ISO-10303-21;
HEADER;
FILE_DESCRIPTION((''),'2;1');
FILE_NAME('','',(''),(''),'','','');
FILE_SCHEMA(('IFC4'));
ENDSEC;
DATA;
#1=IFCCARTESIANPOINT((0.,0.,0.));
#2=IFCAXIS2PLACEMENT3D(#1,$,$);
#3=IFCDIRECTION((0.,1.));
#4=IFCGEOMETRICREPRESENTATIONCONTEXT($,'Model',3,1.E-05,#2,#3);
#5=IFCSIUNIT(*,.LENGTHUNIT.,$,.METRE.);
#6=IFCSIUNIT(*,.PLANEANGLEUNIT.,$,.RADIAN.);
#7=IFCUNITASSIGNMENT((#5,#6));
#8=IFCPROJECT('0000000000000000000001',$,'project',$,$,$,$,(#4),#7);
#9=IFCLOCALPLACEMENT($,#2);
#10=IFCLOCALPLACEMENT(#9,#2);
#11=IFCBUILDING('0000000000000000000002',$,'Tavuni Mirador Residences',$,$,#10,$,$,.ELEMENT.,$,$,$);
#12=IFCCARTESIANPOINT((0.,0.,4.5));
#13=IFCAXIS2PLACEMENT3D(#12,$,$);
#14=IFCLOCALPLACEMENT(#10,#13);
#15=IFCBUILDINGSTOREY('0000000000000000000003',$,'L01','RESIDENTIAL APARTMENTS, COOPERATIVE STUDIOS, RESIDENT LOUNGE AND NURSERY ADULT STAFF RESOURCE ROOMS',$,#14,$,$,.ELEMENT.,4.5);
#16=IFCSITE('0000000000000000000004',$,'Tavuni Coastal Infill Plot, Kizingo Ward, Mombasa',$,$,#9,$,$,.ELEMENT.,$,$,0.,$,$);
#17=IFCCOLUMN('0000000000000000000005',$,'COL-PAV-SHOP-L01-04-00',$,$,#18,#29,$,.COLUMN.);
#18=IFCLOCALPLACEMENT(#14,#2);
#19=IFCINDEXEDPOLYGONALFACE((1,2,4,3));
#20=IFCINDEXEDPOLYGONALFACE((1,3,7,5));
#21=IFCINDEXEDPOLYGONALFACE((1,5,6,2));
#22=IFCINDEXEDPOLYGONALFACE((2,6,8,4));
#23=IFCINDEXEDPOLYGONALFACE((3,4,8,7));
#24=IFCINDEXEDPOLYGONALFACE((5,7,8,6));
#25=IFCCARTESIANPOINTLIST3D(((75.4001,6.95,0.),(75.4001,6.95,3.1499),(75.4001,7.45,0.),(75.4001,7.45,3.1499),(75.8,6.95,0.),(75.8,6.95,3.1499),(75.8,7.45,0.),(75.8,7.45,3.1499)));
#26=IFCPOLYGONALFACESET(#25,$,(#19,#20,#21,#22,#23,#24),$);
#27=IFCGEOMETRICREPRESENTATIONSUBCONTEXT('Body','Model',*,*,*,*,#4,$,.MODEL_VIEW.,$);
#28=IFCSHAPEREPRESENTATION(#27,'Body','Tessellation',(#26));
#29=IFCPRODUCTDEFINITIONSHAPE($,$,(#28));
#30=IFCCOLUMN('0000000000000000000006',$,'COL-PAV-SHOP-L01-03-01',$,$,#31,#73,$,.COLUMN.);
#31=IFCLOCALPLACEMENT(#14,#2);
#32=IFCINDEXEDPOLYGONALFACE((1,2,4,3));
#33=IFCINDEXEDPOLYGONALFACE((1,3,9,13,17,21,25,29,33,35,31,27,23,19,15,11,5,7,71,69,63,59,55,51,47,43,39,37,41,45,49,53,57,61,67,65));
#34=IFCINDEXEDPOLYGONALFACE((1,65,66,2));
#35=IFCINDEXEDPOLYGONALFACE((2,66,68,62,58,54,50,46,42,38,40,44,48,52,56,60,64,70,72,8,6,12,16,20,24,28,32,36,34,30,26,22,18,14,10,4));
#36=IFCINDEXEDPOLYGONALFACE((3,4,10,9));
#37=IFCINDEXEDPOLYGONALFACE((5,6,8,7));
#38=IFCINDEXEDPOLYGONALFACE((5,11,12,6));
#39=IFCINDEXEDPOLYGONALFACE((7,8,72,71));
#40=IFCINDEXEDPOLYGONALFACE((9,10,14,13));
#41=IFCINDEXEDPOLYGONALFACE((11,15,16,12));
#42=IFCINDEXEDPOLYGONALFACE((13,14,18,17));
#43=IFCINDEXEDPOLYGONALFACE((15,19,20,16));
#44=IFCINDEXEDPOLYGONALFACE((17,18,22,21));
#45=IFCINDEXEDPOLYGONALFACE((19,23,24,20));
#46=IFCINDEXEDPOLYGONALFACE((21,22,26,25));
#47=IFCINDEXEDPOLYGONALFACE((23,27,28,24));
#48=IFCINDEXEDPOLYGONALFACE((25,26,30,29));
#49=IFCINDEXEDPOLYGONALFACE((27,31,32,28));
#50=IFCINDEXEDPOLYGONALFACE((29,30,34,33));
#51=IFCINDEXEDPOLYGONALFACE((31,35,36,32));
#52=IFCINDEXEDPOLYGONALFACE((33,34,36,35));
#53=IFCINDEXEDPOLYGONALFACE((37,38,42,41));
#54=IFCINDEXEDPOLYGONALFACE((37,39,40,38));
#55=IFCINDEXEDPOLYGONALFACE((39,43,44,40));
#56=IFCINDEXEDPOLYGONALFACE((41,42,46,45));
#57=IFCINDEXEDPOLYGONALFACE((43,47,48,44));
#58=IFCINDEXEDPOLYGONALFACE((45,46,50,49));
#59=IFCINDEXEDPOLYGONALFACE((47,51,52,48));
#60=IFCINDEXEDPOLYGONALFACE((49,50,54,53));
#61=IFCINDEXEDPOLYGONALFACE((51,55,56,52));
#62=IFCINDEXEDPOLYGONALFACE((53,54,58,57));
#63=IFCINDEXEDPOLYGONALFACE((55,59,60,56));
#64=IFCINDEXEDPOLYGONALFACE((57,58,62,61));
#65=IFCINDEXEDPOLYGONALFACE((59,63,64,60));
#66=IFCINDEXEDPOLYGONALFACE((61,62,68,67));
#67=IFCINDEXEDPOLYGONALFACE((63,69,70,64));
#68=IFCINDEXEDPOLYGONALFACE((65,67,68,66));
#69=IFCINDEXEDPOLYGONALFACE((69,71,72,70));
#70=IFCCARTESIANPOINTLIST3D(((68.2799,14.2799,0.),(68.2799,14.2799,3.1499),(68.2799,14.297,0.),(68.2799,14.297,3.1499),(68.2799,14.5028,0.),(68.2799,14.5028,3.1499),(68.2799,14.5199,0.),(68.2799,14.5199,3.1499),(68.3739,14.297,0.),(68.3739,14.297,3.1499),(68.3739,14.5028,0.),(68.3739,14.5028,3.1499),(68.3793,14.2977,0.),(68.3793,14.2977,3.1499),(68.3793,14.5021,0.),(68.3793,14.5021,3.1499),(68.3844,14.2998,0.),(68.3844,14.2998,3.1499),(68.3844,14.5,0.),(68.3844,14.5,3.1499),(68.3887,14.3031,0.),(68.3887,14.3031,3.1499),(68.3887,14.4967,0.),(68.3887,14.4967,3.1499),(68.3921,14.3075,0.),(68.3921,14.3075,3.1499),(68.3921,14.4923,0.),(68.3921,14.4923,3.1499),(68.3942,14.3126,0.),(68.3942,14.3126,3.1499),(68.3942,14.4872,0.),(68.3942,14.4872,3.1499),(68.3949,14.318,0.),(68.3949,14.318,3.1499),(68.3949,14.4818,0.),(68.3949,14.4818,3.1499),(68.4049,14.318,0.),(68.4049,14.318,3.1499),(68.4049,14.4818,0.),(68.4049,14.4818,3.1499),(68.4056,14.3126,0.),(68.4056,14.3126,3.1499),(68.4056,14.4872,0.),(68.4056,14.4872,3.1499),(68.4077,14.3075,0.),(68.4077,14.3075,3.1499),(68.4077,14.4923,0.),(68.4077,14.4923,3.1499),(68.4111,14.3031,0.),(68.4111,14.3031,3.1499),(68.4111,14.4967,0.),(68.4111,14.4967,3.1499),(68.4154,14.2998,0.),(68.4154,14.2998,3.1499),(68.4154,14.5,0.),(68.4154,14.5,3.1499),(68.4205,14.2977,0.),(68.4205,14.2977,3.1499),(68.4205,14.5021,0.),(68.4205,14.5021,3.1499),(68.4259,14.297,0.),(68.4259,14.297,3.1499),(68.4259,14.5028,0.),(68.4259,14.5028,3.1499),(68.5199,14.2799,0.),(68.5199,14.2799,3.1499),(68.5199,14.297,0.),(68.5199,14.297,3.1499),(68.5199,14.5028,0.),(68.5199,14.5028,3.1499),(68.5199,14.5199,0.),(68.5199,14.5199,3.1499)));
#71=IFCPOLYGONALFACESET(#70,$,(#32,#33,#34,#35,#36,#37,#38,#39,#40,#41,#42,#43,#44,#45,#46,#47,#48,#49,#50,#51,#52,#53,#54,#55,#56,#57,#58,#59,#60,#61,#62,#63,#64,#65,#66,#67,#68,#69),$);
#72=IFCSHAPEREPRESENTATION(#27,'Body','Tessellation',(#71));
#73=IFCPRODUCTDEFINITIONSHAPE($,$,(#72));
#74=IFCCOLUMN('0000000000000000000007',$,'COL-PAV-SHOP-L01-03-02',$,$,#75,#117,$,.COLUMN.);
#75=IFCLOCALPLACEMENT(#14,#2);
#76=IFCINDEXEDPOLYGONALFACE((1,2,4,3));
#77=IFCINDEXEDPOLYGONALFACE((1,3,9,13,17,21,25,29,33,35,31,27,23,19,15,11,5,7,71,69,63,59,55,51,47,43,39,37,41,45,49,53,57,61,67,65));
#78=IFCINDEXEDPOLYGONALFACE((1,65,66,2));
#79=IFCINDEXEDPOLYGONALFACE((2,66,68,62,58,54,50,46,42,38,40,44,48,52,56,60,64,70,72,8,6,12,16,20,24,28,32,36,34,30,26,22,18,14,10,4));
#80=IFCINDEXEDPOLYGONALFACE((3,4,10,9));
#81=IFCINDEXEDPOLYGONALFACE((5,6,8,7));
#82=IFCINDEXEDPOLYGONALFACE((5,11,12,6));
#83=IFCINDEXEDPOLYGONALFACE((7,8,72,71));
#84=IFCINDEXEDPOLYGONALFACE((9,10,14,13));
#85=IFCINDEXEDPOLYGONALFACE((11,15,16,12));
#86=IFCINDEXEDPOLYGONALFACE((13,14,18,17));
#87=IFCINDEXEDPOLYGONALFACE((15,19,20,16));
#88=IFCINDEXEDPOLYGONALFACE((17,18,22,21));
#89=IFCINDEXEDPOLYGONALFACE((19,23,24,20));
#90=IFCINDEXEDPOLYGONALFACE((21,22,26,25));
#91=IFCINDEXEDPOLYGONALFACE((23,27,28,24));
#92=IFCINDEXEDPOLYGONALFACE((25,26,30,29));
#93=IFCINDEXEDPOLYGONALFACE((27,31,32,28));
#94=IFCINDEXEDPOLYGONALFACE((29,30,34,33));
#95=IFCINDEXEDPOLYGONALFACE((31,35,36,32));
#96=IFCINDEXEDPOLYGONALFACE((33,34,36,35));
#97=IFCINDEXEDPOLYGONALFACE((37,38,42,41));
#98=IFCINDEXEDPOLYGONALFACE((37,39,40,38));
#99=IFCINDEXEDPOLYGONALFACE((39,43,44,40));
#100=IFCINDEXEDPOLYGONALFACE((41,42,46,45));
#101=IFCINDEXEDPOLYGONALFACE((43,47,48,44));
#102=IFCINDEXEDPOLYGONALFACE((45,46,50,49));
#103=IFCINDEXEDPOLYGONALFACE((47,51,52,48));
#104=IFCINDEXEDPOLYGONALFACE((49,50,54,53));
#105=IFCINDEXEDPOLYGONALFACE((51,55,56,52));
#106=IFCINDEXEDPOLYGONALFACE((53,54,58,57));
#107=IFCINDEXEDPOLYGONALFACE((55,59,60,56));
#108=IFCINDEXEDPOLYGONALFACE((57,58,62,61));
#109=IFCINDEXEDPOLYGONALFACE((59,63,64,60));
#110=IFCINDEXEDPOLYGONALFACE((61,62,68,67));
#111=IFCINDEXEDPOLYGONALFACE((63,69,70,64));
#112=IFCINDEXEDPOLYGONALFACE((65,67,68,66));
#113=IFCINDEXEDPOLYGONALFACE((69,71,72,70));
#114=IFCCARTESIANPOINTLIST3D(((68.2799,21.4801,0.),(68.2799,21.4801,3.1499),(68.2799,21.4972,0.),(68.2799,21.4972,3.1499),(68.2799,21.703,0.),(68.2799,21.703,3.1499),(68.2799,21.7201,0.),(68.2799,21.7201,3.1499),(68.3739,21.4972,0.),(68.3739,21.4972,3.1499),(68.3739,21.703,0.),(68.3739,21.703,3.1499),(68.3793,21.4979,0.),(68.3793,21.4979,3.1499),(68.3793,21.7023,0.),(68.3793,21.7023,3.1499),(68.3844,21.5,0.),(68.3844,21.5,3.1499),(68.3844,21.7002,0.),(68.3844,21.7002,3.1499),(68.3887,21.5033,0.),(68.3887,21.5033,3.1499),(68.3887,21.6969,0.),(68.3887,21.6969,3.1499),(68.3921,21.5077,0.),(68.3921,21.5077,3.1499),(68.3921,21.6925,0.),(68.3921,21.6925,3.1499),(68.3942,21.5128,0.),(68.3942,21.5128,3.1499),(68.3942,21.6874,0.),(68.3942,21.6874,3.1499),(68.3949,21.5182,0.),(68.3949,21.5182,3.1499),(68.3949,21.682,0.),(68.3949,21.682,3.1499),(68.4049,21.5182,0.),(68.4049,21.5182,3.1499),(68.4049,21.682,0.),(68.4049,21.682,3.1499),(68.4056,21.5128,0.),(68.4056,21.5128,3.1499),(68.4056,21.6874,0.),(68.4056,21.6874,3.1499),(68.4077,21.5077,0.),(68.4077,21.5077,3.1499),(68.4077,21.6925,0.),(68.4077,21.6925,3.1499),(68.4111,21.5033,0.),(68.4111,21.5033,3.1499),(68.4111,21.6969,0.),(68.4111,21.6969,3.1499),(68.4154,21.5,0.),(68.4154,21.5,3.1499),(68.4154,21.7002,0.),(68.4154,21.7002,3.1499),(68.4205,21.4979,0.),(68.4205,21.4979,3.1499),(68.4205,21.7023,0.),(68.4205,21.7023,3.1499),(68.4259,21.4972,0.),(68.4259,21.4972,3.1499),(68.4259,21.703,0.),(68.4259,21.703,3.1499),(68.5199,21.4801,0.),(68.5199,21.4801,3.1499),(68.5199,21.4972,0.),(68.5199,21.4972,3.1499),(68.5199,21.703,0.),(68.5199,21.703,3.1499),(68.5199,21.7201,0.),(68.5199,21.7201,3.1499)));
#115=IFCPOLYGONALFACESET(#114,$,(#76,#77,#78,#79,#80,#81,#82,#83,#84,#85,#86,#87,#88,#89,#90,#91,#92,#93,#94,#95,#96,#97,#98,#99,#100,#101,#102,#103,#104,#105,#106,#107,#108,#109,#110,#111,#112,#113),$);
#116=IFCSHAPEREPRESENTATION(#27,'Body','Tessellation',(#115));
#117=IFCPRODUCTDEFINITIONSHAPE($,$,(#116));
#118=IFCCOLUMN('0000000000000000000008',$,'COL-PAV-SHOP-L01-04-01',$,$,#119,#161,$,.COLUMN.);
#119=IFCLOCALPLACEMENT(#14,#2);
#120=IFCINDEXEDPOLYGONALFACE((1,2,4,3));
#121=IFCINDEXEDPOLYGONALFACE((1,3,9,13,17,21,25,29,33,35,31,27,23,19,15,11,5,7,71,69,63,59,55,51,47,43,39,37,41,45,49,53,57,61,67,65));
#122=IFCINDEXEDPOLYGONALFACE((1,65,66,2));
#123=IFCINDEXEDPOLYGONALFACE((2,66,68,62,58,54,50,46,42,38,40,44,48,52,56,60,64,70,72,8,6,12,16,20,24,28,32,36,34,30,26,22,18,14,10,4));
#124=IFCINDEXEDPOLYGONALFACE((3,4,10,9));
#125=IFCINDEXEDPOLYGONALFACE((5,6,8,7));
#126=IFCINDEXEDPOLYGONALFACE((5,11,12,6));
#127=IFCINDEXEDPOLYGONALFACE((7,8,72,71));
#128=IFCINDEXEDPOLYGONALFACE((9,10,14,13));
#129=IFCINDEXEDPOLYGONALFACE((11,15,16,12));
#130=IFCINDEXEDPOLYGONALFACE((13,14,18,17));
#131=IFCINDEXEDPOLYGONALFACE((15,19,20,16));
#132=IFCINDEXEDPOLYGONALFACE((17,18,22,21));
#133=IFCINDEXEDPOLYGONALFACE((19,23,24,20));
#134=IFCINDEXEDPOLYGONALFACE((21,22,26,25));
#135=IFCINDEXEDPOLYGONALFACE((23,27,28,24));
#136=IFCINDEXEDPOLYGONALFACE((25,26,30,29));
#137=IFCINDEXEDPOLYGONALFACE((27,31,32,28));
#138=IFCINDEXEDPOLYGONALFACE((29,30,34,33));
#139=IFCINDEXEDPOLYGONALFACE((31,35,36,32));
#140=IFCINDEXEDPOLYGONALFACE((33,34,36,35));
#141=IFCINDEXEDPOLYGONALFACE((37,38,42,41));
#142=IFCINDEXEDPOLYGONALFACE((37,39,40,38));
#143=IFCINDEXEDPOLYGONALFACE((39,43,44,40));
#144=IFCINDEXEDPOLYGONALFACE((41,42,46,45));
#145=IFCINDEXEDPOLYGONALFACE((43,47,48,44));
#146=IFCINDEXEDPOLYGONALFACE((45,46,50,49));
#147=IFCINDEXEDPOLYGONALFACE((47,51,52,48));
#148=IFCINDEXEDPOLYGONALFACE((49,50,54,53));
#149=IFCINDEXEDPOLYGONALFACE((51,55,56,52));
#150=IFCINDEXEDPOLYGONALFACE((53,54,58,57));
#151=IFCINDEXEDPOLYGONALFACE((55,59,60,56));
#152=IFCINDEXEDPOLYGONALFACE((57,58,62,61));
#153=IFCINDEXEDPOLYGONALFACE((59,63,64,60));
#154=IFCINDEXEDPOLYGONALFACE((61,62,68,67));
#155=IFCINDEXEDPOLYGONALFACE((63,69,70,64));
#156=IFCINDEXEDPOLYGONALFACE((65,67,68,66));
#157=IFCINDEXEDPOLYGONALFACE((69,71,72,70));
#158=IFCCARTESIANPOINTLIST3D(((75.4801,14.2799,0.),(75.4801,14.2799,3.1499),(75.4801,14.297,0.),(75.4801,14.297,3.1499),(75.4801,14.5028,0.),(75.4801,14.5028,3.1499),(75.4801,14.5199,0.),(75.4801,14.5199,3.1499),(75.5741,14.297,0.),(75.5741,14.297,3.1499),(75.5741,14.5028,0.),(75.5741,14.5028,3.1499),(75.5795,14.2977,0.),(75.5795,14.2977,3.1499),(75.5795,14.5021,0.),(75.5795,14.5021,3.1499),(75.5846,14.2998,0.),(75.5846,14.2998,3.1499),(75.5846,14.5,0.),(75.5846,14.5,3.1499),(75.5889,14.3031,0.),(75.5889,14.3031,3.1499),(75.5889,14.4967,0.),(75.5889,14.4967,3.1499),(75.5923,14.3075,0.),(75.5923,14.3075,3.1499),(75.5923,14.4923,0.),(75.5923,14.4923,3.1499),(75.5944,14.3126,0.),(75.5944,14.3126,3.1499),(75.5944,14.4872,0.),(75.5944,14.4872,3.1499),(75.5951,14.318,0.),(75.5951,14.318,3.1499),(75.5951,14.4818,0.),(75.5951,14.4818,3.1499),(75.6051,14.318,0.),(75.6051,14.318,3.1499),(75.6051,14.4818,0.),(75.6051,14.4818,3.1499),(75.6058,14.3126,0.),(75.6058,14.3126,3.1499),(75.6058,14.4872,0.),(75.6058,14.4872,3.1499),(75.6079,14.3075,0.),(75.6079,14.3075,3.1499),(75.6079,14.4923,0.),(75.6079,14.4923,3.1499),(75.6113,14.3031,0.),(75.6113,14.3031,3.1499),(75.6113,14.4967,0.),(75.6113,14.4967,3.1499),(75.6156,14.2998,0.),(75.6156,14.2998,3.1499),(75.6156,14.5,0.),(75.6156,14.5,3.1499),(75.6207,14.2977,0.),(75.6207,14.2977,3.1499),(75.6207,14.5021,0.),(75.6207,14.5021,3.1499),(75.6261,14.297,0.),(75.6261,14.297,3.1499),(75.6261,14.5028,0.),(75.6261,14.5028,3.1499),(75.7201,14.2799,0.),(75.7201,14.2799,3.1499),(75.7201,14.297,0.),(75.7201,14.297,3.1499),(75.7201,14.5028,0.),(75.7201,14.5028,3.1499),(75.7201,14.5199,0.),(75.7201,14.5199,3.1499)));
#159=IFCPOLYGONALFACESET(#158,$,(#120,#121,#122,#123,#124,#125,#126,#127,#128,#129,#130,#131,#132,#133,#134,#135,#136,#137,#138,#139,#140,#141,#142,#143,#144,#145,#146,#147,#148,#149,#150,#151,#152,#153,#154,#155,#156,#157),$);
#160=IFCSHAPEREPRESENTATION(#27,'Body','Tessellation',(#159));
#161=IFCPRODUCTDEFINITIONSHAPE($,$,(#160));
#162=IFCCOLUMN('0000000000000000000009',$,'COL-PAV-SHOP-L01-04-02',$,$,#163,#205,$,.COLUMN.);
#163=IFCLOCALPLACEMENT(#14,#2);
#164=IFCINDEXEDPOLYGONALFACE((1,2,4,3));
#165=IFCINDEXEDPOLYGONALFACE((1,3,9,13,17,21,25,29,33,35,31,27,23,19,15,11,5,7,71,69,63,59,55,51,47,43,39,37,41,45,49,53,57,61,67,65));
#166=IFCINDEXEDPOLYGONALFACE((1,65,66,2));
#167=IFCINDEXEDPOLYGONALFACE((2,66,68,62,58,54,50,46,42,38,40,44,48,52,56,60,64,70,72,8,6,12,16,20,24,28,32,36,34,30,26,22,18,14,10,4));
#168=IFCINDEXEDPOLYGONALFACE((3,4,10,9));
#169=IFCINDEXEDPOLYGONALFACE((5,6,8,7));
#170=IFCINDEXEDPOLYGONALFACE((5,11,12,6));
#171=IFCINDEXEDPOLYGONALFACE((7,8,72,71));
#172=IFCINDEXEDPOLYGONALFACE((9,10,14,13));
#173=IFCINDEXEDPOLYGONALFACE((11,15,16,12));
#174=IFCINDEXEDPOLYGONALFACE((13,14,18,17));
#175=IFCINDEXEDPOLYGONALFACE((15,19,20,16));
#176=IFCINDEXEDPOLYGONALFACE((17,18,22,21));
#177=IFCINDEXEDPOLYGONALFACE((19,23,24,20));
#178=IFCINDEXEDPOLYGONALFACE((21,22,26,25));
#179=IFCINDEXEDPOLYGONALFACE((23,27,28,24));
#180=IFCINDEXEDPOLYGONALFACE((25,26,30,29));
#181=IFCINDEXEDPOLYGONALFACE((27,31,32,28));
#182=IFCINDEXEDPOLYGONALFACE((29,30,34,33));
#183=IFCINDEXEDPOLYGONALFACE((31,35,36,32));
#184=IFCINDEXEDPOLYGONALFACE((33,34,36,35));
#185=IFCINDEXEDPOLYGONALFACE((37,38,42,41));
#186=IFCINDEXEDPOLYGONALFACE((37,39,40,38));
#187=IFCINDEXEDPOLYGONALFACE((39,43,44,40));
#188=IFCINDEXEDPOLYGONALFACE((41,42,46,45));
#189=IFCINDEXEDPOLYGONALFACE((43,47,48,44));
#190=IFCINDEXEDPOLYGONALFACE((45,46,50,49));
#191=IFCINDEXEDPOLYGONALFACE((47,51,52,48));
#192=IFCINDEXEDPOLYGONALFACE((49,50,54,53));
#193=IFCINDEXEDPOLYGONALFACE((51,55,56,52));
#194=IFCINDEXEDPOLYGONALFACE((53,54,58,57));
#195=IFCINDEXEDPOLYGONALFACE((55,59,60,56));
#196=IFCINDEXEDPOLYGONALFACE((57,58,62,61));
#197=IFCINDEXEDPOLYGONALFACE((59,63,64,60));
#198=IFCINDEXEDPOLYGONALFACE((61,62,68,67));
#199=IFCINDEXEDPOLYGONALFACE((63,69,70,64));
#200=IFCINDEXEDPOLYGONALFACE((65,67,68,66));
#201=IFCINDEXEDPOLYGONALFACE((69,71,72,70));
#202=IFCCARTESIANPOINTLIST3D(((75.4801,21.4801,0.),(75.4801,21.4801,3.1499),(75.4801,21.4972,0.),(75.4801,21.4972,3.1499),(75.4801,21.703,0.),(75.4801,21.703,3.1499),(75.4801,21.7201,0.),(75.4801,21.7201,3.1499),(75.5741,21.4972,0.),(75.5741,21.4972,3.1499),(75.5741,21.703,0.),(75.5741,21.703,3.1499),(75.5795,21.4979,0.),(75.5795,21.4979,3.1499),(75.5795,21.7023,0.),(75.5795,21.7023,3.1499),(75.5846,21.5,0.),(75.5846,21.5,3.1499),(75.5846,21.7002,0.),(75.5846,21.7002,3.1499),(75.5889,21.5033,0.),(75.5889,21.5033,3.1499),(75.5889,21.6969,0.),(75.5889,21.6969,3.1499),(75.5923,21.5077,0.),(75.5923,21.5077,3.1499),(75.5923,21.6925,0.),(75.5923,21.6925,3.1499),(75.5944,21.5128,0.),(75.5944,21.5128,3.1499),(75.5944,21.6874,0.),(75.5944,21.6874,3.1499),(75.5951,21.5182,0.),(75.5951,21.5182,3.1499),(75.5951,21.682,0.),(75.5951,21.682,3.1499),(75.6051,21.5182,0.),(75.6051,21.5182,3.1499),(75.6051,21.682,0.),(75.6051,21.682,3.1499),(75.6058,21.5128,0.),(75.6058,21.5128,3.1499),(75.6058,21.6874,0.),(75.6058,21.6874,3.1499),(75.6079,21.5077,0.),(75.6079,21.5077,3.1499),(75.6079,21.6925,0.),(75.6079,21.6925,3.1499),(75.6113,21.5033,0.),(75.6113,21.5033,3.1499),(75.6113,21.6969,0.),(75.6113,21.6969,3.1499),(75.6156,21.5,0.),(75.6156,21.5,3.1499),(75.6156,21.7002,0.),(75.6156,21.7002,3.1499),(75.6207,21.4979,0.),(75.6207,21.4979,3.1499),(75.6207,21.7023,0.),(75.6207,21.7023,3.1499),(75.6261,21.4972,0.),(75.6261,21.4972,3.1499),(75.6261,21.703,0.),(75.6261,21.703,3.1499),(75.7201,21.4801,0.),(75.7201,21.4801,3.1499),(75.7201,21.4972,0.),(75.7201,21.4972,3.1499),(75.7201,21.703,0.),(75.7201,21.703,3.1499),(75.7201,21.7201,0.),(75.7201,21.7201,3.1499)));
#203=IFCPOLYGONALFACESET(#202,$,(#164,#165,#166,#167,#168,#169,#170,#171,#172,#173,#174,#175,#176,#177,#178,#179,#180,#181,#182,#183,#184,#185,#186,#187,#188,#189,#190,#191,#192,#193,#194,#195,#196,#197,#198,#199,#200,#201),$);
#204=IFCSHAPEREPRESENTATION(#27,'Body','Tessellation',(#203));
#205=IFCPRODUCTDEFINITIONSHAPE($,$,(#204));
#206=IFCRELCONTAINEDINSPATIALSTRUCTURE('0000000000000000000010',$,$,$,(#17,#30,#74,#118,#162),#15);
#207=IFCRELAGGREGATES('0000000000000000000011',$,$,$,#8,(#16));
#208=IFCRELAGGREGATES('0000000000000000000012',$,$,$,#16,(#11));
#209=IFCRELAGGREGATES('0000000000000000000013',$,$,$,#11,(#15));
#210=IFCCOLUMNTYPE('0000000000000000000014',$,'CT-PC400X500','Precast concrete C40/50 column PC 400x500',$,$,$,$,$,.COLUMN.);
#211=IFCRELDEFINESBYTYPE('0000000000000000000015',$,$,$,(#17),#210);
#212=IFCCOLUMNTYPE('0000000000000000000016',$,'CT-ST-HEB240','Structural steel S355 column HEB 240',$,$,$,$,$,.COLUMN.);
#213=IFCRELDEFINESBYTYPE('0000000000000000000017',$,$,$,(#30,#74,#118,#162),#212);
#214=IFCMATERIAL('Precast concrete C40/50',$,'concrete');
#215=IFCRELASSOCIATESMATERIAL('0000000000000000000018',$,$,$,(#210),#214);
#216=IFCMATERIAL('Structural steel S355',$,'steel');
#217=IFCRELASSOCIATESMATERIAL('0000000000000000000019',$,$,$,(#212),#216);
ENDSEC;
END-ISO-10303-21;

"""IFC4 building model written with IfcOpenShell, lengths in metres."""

from ifc_helpers import new_model, si_unit, direction, frame, origin, origin_2d, place, context, subcontext, project, spatial, rectangle, i_section, extrude, material, material_profile, profile_set, type_object, element, save


model = new_model("IFC4")

# Units and contexts
model_context = context("Model", 3, precision=1e-05, world=origin(), true_north=direction((0.0, 1.0)))
body_context = subcontext(model_context, "Body", "Model", "MODEL_VIEW")
ifc_project = project(units=[si_unit("LENGTHUNIT", "METRE"), si_unit("PLANEANGLEUNIT", "RADIAN")], contexts=[model_context])

# Site, building, storey
site_placement = place(None, origin())
site = spatial("IfcSite", under=ifc_project, at=site_placement, Name="Tavuni Coastal Infill Plot, Kizingo Ward, Mombasa", CompositionType="ELEMENT", RefElevation=0.0)
building_placement = place(site_placement, origin())
building = spatial("IfcBuilding", under=site, at=building_placement, Name="Tavuni Mirador Residences", CompositionType="ELEMENT")
storey_placement = place(building_placement, frame((0.0, 0.0, 4.5)))
storey = spatial("IfcBuildingStorey", under=building, at=storey_placement, Name="L01", Description="RESIDENTIAL APARTMENTS, COOPERATIVE STUDIOS, RESIDENT LOUNGE AND NURSERY ADULT STAFF RESOURCE ROOMS", CompositionType="ELEMENT", Elevation=4.5)

# Columns
ifc_material_1 = material(Name="Precast concrete C40/50", Category="concrete")
ifc_material_profile_1 = material_profile(ifc_material_1, rectangle(XDim=0.3999, YDim=0.5, at=origin_2d()), Name="PC 400x500", Category="concrete")
ifc_profile_set_1 = profile_set([ifc_material_profile_1], Name="Precast concrete C40/50")
column_type_1 = type_object("IfcColumnType", Name="CT-PC400X500", Description="Precast concrete C40/50 column PC 400x500", PredefinedType="COLUMN", material=ifc_profile_set_1)
column_placement = place(storey_placement, frame((75.6001, 7.2, 0.0), z_axis=(0.0, 0.0, 1.0), x_axis=(1.0, 0.0, 0.0)))
element("IfcColumn", 1, at=column_placement, inside=storey, type_object=column_type_1, Name="COL-PAV-SHOP-L01-04-00", PredefinedType="COLUMN", context=body_context, shape_type="SweptSolid", body=[
    extrude(rectangle(XDim=0.3999, YDim=0.5, at=origin_2d()), origin(), (0.0, 0.0, 1.0), 3.1499),
])
ifc_material_2 = material(Name="Structural steel S355", Category="steel")
ifc_material_profile_2 = material_profile(ifc_material_2, i_section(OverallWidth=0.24, OverallDepth=0.24, WebThickness=0.01, FlangeThickness=0.0171, FilletRadius=0.021, at=origin_2d()), Name="HEB 240", Category="steel")
ifc_profile_set_2 = profile_set([ifc_material_profile_2], Name="Structural steel S355")
column_type_2 = type_object("IfcColumnType", Name="CT-ST-HEB240", Description="Structural steel S355 column HEB 240", PredefinedType="COLUMN", material=ifc_profile_set_2)
for number, where, z_axis, x_axis, name in (
    (2, (68.3999, 14.3999, 0.0), (0.0, 0.0, 1.0), (1.0, 0.0, 0.0), "COL-PAV-SHOP-L01-03-01"),
    (3, (68.3999, 21.6001, 0.0), (0.0, 0.0, 1.0), (1.0, 0.0, 0.0), "COL-PAV-SHOP-L01-03-02"),
    (4, (75.6001, 14.3999, 0.0), (0.0, 0.0, 1.0), (1.0, 0.0, 0.0), "COL-PAV-SHOP-L01-04-01"),
    (5, (75.6001, 21.6001, 0.0), (0.0, 0.0, 1.0), (1.0, 0.0, 0.0), "COL-PAV-SHOP-L01-04-02"),
):
    element("IfcColumn", number, at=place(storey_placement, frame(where, z_axis=z_axis, x_axis=x_axis)), inside=storey, type_object=column_type_2, Name=name, PredefinedType="COLUMN", context=body_context, shape_type="SweptSolid", body=[
        extrude(i_section(OverallWidth=0.24, OverallDepth=0.24, WebThickness=0.01, FlangeThickness=0.0171, FilletRadius=0.021, at=origin_2d()), origin(), (0.0, 0.0, 1.0), 3.1499),
    ])

save(model, "model.ifc")
